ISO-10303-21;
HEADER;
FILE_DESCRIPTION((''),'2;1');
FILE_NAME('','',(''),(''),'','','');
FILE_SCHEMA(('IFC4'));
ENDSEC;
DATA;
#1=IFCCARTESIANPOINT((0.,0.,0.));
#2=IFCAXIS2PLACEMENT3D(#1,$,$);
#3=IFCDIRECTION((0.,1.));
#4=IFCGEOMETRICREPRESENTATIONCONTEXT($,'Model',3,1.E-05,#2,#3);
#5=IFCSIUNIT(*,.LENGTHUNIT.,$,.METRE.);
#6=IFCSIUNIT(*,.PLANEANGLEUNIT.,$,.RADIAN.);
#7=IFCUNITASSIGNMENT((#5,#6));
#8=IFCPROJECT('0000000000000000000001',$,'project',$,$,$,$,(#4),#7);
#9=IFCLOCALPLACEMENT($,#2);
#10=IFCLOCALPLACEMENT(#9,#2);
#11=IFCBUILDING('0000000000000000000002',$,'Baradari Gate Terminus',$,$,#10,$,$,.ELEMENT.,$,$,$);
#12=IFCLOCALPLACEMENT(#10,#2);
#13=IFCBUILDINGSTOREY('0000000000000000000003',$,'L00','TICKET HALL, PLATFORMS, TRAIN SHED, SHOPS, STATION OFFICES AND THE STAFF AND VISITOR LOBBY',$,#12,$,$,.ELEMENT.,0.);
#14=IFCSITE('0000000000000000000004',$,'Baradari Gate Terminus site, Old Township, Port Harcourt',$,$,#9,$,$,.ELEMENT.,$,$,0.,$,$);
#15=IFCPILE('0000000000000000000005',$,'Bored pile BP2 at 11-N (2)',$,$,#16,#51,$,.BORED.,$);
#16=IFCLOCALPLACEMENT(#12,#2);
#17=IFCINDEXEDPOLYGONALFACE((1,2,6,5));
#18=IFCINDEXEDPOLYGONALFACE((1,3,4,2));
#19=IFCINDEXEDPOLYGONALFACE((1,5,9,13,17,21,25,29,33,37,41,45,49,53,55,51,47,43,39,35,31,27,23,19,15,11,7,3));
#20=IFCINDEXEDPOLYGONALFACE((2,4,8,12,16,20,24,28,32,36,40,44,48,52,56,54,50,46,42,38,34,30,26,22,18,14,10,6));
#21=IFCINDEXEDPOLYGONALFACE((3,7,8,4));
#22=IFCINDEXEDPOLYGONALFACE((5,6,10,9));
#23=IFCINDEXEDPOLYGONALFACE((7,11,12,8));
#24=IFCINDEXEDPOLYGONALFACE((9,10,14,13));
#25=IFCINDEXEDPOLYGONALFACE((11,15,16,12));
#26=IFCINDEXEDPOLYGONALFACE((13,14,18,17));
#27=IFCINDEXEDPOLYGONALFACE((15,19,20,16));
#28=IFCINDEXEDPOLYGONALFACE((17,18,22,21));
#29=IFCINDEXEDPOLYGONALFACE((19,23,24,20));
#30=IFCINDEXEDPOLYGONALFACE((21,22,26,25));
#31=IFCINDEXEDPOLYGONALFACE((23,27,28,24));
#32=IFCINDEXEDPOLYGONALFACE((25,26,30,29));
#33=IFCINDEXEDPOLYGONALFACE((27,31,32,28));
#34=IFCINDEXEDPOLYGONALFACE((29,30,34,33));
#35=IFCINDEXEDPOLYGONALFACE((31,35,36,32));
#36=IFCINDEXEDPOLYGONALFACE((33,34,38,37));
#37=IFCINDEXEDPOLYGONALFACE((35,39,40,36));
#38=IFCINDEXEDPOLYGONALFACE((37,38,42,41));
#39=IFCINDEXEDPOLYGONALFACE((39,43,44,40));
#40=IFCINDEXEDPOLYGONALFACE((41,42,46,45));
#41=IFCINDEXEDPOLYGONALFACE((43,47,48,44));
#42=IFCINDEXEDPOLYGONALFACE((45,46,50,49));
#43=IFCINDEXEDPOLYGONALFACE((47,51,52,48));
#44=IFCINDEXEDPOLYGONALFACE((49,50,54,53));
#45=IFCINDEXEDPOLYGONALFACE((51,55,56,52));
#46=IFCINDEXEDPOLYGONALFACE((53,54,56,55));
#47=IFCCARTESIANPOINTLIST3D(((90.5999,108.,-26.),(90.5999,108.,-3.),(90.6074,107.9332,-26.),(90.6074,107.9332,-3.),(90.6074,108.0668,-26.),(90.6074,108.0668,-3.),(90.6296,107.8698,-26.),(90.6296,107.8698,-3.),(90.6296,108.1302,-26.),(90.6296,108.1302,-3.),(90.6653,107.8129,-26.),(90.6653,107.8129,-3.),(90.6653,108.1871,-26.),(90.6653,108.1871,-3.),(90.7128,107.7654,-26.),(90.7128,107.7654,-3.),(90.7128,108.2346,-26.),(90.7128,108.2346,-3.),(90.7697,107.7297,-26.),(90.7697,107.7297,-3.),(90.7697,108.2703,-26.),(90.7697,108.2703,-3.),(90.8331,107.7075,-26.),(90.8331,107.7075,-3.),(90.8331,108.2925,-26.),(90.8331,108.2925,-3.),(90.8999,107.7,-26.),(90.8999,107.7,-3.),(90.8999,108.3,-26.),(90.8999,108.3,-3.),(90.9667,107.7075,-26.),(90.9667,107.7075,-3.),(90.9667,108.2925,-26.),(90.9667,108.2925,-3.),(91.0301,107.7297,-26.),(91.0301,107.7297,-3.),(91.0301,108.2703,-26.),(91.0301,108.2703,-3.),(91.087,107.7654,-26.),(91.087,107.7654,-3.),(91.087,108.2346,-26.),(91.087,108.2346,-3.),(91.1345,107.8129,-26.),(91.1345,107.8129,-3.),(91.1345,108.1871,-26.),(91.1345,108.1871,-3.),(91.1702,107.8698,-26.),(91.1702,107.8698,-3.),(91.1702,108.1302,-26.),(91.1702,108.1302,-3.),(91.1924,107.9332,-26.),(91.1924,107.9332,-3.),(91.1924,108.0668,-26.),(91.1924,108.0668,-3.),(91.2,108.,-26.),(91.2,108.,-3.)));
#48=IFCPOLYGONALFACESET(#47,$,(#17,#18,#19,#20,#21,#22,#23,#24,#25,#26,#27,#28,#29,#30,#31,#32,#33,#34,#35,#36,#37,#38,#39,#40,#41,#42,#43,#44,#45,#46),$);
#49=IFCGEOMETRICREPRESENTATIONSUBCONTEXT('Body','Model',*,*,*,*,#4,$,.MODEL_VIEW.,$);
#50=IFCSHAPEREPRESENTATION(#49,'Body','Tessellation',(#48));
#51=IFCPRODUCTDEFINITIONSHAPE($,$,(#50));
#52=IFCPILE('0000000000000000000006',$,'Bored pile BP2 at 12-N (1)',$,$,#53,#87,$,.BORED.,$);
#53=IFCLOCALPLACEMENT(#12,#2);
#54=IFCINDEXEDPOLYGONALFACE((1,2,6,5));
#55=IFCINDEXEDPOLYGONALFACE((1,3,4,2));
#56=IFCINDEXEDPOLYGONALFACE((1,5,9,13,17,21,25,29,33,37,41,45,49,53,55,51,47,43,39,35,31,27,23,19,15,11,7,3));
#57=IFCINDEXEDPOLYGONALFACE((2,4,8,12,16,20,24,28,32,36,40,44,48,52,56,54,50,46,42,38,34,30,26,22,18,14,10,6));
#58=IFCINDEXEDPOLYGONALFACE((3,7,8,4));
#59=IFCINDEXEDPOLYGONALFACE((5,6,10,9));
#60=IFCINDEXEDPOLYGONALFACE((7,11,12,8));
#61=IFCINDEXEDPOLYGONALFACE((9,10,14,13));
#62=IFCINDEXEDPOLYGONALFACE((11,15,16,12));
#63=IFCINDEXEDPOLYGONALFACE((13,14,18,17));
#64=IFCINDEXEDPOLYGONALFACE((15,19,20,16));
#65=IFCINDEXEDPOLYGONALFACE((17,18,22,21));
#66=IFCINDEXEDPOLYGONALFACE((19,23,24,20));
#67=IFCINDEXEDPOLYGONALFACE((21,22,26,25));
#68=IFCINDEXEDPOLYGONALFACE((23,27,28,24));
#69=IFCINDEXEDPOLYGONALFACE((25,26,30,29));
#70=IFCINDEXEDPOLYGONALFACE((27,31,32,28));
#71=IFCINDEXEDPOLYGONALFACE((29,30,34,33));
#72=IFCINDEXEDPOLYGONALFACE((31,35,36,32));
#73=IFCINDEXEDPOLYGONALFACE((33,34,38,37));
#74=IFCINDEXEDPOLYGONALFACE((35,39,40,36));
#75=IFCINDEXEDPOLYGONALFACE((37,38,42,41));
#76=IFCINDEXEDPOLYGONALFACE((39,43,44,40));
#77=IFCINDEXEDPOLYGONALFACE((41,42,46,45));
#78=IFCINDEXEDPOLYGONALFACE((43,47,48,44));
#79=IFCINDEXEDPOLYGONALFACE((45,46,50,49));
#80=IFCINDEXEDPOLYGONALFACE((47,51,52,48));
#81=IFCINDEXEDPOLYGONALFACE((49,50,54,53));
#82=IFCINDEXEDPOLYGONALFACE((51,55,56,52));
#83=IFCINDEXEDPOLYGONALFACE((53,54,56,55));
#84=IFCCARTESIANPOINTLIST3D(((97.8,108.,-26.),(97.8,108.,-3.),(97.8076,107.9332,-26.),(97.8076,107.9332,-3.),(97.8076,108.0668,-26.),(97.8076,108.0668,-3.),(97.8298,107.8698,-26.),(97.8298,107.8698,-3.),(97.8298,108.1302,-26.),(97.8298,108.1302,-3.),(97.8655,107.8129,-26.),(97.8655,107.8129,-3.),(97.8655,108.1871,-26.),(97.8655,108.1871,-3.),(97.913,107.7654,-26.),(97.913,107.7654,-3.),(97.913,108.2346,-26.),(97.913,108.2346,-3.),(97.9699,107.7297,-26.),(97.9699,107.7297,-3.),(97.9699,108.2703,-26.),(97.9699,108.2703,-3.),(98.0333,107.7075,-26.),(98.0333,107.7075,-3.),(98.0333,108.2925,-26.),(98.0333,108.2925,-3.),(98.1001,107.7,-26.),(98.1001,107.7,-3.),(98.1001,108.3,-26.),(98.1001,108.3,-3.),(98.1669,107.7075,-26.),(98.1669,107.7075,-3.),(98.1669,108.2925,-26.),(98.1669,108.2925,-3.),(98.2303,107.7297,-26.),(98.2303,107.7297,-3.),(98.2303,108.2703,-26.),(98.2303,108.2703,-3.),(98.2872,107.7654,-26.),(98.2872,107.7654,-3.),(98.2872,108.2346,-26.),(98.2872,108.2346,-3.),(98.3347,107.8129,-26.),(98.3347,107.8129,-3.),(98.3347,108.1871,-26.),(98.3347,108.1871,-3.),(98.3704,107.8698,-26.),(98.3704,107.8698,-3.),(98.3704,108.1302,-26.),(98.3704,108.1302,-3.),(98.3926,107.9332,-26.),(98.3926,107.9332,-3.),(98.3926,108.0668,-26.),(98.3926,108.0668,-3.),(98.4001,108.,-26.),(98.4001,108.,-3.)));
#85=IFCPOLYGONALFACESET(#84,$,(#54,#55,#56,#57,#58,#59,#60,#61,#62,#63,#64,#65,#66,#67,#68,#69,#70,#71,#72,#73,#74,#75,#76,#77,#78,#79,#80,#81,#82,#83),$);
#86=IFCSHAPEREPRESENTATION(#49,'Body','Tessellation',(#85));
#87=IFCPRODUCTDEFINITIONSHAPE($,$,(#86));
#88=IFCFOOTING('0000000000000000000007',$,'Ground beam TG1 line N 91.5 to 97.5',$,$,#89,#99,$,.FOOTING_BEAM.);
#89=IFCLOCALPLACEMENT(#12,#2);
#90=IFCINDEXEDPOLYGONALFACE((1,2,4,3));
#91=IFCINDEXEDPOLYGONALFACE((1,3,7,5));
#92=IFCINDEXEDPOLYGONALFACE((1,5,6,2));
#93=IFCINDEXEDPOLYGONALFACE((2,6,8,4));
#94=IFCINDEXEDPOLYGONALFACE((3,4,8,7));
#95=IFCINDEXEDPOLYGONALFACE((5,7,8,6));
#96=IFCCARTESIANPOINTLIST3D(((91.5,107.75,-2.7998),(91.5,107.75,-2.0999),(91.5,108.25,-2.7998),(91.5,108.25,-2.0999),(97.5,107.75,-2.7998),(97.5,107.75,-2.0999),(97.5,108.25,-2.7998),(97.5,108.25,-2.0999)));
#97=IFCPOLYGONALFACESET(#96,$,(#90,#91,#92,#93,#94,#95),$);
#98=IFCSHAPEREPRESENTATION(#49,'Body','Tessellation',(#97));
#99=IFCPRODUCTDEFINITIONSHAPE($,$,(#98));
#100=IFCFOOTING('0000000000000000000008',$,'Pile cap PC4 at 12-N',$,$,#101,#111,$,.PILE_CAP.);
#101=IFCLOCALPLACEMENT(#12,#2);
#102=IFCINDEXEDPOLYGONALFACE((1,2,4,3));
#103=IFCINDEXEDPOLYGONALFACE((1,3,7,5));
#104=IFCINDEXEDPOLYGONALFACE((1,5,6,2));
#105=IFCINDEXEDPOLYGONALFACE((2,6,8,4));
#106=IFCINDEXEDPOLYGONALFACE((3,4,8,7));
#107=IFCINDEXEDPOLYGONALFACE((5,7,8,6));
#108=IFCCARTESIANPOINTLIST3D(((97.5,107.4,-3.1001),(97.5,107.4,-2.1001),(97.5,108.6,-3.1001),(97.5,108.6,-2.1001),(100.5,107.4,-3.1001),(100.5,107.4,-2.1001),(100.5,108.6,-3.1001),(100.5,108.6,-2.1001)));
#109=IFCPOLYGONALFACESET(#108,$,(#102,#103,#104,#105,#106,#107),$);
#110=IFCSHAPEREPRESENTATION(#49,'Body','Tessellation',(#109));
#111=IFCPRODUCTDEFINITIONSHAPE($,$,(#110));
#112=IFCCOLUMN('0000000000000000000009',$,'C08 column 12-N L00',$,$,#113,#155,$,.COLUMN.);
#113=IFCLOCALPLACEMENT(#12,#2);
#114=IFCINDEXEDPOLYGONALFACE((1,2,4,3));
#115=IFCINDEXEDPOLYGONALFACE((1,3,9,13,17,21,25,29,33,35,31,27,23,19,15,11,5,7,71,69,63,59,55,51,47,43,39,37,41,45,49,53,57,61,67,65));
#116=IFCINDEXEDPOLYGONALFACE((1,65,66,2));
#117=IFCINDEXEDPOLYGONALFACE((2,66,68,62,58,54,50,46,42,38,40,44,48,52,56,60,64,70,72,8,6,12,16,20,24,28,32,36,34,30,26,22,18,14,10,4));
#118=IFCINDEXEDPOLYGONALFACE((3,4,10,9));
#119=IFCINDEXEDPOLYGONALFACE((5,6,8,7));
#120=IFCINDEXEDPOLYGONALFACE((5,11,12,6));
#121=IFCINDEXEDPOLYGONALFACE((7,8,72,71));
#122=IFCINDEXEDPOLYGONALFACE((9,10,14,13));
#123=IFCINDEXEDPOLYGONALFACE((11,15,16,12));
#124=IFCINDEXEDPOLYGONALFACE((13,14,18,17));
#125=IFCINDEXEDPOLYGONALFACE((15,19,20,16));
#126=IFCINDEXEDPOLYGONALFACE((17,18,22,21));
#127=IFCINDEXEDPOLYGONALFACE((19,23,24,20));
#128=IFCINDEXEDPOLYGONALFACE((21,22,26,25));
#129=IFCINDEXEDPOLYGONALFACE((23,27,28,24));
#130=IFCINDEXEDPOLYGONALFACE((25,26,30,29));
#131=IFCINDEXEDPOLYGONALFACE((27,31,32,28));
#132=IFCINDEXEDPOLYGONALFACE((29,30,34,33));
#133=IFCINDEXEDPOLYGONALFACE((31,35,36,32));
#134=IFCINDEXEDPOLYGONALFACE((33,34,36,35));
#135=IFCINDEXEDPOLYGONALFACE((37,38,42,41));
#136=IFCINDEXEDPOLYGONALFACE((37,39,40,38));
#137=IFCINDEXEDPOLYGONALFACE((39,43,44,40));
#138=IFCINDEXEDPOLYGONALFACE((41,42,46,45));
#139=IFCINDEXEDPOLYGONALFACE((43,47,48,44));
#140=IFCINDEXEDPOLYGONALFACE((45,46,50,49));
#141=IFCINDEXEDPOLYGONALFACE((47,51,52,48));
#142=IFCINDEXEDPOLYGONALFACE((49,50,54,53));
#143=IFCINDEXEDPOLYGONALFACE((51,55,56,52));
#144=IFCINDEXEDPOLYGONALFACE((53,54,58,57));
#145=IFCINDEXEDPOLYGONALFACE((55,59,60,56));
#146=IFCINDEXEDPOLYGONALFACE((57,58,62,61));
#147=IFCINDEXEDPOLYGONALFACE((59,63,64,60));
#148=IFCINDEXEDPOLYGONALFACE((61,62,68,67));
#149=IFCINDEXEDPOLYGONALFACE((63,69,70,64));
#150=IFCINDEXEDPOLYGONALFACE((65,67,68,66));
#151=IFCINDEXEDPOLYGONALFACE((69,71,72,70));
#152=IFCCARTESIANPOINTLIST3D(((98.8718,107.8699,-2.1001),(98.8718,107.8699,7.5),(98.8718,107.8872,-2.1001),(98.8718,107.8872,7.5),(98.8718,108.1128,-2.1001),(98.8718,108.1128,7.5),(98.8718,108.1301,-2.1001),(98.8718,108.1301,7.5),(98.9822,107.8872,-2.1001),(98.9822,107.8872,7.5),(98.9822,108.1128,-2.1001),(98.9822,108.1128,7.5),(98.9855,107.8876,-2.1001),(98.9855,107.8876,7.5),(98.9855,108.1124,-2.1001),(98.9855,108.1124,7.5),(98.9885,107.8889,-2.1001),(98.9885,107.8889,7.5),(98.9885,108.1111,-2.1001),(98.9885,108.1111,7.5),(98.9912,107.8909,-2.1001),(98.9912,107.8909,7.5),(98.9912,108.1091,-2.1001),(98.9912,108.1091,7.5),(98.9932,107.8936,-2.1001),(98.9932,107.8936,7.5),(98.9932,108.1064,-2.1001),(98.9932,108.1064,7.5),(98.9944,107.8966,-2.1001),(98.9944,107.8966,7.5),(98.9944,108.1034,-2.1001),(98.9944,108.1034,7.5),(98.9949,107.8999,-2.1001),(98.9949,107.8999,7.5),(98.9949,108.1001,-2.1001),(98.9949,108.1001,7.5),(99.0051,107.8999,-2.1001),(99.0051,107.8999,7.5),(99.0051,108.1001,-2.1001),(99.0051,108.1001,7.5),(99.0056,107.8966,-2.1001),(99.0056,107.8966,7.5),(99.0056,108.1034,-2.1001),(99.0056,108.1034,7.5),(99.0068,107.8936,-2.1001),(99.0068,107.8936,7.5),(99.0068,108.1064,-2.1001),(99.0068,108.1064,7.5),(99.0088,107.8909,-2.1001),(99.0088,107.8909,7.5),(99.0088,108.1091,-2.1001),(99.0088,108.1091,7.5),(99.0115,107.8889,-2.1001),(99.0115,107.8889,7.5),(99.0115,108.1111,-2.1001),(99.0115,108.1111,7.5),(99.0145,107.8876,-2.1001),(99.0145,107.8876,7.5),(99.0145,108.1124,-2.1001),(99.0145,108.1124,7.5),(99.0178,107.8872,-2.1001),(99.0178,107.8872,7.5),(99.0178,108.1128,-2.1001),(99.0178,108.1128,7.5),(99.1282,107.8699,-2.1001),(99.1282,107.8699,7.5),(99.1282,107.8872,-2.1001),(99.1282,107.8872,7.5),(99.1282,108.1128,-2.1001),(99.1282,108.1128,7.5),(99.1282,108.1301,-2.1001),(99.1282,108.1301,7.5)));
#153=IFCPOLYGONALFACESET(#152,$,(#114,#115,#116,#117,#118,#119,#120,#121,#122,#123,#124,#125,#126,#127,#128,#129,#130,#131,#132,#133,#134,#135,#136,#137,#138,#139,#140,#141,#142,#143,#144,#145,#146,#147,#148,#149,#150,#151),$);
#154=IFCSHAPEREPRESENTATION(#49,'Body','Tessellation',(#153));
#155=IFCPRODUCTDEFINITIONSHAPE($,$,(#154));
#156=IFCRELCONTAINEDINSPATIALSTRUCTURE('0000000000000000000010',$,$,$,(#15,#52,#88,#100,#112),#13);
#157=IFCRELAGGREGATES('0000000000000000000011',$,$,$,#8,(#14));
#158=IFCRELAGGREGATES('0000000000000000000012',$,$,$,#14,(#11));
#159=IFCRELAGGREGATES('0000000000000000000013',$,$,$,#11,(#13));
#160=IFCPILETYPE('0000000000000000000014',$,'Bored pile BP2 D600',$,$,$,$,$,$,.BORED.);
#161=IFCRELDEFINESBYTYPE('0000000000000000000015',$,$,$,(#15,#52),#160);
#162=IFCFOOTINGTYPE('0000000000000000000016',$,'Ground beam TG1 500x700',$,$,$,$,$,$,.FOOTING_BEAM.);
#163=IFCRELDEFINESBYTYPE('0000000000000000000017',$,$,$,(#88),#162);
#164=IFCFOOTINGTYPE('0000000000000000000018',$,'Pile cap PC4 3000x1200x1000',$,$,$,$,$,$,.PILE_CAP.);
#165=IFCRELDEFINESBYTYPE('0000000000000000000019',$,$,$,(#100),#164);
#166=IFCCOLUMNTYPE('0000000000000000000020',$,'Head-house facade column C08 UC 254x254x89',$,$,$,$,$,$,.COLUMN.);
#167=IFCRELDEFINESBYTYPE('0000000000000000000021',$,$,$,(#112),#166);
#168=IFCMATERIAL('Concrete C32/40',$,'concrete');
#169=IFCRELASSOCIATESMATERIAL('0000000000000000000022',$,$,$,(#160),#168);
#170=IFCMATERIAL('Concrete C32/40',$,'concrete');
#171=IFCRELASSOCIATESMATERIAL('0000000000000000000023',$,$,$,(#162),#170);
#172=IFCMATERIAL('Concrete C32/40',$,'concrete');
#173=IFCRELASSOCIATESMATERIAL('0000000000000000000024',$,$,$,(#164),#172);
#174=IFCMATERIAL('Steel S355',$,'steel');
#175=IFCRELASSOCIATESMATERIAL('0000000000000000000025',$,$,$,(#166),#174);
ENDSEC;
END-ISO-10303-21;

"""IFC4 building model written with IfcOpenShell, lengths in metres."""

from ifc_helpers import new_model, si_unit, direction, frame, origin, origin_2d, place, context, subcontext, project, spatial, rectangle, circle, i_section, extrude, material, material_profile, profile_set, type_object, element, save


model = new_model("IFC4")

# Units and contexts
model_context = context("Model", 3, precision=1e-05, world=origin(), true_north=direction((0.0, 1.0)))
body_context = subcontext(model_context, "Body", "Model", "MODEL_VIEW")
ifc_project = project(units=[si_unit("LENGTHUNIT", "METRE"), si_unit("PLANEANGLEUNIT", "RADIAN")], contexts=[model_context])

# Site, building, storey
site_placement = place(None, origin())
site = spatial("IfcSite", under=ifc_project, at=site_placement, Name="Baradari Gate Terminus site, Old Township, Port Harcourt", CompositionType="ELEMENT", RefElevation=0.0)
building_placement = place(site_placement, origin())
building = spatial("IfcBuilding", under=site, at=building_placement, Name="Baradari Gate Terminus", CompositionType="ELEMENT")
storey_placement = place(building_placement, origin())
storey = spatial("IfcBuildingStorey", under=building, at=storey_placement, Name="L00", Description="TICKET HALL, PLATFORMS, TRAIN SHED, SHOPS, STATION OFFICES AND THE STAFF AND VISITOR LOBBY", CompositionType="ELEMENT", Elevation=0.0)

# Piles
ifc_material_1 = material(Name="Concrete C32/40", Category="concrete")
pile_type = type_object("IfcPileType", Name="Bored pile BP2 D600", PredefinedType="BORED", material=ifc_material_1)
for number, where, z_axis, x_axis, name in (
    (1, (90.8999, 108.0, -3.0), (0.0, 0.0, -1.0), (1.0, 0.0, 0.0), "Bored pile BP2 at 11-N (2)"),
    (2, (98.1001, 108.0, -3.0), (0.0, 0.0, -1.0), (1.0, 0.0, 0.0), "Bored pile BP2 at 12-N (1)"),
):
    element("IfcPile", number, at=place(storey_placement, frame(where, z_axis=z_axis, x_axis=x_axis)), inside=storey, type_object=pile_type, Name=name, PredefinedType="BORED", context=body_context, shape_type="SweptSolid", body=[
        extrude(circle(Radius=0.3, at=origin_2d()), origin(), (0.0, 0.0, 1.0), 23.0),
    ])

# Footings
ifc_material_2 = material(Name="Concrete C32/40", Category="concrete")
footing_type_1 = type_object("IfcFootingType", Name="Ground beam TG1 500x700", PredefinedType="FOOTING_BEAM", material=ifc_material_2)
footing_1_placement = place(storey_placement, frame((94.5, 108.0, -2.7998), z_axis=(0.0, 0.0, 1.0), x_axis=(1.0, 0.0, 0.0)))
element("IfcFooting", 3, at=footing_1_placement, inside=storey, type_object=footing_type_1, Name="Ground beam TG1 line N 91.5 to 97.5", PredefinedType="FOOTING_BEAM", context=body_context, shape_type="SweptSolid", body=[
    extrude(rectangle(XDim=6.0, YDim=0.5, at=origin_2d()), origin(), (0.0, 0.0, 1.0), 0.7),
])
ifc_material_3 = material(Name="Concrete C32/40", Category="concrete")
footing_type_2 = type_object("IfcFootingType", Name="Pile cap PC4 3000x1200x1000", PredefinedType="PILE_CAP", material=ifc_material_3)
footing_2_placement = place(storey_placement, frame((99.0, 108.0, -3.1001), z_axis=(0.0, 0.0, 1.0), x_axis=(1.0, 0.0, 0.0)))
element("IfcFooting", 4, at=footing_2_placement, inside=storey, type_object=footing_type_2, Name="Pile cap PC4 at 12-N", PredefinedType="PILE_CAP", context=body_context, shape_type="SweptSolid", body=[
    extrude(rectangle(XDim=3.0, YDim=1.2, at=origin_2d()), origin(), (0.0, 0.0, 1.0), 1.0),
])

# Column
ifc_material_4 = material(Name="Steel S355", Category="steel")
ifc_material_profile_1 = material_profile(ifc_material_4, i_section(OverallWidth=0.2563, OverallDepth=0.2603, WebThickness=0.0103, FlangeThickness=0.0173, FilletRadius=0.0127, at=origin_2d()), Name="UC 254x254x89")
ifc_profile_set_1 = profile_set([ifc_material_profile_1], Name="Steel S355")
column_type = type_object("IfcColumnType", Name="Head-house facade column C08 UC 254x254x89", PredefinedType="COLUMN", material=ifc_profile_set_1)
column_placement = place(storey_placement, frame((99.0, 108.0, -2.1001), z_axis=(0.0, 0.0, 1.0), x_axis=(1.0, 0.0, 0.0)))
element("IfcColumn", 5, at=column_placement, inside=storey, type_object=column_type, Name="C08 column 12-N L00", PredefinedType="COLUMN", context=body_context, shape_type="SweptSolid", body=[
    extrude(i_section(OverallWidth=0.2563, OverallDepth=0.2603, WebThickness=0.0103, FlangeThickness=0.0173, FilletRadius=0.0127, at=origin_2d()), origin(), (0.0, 0.0, 1.0), 9.6001),
])

save(model, "model.ifc")
